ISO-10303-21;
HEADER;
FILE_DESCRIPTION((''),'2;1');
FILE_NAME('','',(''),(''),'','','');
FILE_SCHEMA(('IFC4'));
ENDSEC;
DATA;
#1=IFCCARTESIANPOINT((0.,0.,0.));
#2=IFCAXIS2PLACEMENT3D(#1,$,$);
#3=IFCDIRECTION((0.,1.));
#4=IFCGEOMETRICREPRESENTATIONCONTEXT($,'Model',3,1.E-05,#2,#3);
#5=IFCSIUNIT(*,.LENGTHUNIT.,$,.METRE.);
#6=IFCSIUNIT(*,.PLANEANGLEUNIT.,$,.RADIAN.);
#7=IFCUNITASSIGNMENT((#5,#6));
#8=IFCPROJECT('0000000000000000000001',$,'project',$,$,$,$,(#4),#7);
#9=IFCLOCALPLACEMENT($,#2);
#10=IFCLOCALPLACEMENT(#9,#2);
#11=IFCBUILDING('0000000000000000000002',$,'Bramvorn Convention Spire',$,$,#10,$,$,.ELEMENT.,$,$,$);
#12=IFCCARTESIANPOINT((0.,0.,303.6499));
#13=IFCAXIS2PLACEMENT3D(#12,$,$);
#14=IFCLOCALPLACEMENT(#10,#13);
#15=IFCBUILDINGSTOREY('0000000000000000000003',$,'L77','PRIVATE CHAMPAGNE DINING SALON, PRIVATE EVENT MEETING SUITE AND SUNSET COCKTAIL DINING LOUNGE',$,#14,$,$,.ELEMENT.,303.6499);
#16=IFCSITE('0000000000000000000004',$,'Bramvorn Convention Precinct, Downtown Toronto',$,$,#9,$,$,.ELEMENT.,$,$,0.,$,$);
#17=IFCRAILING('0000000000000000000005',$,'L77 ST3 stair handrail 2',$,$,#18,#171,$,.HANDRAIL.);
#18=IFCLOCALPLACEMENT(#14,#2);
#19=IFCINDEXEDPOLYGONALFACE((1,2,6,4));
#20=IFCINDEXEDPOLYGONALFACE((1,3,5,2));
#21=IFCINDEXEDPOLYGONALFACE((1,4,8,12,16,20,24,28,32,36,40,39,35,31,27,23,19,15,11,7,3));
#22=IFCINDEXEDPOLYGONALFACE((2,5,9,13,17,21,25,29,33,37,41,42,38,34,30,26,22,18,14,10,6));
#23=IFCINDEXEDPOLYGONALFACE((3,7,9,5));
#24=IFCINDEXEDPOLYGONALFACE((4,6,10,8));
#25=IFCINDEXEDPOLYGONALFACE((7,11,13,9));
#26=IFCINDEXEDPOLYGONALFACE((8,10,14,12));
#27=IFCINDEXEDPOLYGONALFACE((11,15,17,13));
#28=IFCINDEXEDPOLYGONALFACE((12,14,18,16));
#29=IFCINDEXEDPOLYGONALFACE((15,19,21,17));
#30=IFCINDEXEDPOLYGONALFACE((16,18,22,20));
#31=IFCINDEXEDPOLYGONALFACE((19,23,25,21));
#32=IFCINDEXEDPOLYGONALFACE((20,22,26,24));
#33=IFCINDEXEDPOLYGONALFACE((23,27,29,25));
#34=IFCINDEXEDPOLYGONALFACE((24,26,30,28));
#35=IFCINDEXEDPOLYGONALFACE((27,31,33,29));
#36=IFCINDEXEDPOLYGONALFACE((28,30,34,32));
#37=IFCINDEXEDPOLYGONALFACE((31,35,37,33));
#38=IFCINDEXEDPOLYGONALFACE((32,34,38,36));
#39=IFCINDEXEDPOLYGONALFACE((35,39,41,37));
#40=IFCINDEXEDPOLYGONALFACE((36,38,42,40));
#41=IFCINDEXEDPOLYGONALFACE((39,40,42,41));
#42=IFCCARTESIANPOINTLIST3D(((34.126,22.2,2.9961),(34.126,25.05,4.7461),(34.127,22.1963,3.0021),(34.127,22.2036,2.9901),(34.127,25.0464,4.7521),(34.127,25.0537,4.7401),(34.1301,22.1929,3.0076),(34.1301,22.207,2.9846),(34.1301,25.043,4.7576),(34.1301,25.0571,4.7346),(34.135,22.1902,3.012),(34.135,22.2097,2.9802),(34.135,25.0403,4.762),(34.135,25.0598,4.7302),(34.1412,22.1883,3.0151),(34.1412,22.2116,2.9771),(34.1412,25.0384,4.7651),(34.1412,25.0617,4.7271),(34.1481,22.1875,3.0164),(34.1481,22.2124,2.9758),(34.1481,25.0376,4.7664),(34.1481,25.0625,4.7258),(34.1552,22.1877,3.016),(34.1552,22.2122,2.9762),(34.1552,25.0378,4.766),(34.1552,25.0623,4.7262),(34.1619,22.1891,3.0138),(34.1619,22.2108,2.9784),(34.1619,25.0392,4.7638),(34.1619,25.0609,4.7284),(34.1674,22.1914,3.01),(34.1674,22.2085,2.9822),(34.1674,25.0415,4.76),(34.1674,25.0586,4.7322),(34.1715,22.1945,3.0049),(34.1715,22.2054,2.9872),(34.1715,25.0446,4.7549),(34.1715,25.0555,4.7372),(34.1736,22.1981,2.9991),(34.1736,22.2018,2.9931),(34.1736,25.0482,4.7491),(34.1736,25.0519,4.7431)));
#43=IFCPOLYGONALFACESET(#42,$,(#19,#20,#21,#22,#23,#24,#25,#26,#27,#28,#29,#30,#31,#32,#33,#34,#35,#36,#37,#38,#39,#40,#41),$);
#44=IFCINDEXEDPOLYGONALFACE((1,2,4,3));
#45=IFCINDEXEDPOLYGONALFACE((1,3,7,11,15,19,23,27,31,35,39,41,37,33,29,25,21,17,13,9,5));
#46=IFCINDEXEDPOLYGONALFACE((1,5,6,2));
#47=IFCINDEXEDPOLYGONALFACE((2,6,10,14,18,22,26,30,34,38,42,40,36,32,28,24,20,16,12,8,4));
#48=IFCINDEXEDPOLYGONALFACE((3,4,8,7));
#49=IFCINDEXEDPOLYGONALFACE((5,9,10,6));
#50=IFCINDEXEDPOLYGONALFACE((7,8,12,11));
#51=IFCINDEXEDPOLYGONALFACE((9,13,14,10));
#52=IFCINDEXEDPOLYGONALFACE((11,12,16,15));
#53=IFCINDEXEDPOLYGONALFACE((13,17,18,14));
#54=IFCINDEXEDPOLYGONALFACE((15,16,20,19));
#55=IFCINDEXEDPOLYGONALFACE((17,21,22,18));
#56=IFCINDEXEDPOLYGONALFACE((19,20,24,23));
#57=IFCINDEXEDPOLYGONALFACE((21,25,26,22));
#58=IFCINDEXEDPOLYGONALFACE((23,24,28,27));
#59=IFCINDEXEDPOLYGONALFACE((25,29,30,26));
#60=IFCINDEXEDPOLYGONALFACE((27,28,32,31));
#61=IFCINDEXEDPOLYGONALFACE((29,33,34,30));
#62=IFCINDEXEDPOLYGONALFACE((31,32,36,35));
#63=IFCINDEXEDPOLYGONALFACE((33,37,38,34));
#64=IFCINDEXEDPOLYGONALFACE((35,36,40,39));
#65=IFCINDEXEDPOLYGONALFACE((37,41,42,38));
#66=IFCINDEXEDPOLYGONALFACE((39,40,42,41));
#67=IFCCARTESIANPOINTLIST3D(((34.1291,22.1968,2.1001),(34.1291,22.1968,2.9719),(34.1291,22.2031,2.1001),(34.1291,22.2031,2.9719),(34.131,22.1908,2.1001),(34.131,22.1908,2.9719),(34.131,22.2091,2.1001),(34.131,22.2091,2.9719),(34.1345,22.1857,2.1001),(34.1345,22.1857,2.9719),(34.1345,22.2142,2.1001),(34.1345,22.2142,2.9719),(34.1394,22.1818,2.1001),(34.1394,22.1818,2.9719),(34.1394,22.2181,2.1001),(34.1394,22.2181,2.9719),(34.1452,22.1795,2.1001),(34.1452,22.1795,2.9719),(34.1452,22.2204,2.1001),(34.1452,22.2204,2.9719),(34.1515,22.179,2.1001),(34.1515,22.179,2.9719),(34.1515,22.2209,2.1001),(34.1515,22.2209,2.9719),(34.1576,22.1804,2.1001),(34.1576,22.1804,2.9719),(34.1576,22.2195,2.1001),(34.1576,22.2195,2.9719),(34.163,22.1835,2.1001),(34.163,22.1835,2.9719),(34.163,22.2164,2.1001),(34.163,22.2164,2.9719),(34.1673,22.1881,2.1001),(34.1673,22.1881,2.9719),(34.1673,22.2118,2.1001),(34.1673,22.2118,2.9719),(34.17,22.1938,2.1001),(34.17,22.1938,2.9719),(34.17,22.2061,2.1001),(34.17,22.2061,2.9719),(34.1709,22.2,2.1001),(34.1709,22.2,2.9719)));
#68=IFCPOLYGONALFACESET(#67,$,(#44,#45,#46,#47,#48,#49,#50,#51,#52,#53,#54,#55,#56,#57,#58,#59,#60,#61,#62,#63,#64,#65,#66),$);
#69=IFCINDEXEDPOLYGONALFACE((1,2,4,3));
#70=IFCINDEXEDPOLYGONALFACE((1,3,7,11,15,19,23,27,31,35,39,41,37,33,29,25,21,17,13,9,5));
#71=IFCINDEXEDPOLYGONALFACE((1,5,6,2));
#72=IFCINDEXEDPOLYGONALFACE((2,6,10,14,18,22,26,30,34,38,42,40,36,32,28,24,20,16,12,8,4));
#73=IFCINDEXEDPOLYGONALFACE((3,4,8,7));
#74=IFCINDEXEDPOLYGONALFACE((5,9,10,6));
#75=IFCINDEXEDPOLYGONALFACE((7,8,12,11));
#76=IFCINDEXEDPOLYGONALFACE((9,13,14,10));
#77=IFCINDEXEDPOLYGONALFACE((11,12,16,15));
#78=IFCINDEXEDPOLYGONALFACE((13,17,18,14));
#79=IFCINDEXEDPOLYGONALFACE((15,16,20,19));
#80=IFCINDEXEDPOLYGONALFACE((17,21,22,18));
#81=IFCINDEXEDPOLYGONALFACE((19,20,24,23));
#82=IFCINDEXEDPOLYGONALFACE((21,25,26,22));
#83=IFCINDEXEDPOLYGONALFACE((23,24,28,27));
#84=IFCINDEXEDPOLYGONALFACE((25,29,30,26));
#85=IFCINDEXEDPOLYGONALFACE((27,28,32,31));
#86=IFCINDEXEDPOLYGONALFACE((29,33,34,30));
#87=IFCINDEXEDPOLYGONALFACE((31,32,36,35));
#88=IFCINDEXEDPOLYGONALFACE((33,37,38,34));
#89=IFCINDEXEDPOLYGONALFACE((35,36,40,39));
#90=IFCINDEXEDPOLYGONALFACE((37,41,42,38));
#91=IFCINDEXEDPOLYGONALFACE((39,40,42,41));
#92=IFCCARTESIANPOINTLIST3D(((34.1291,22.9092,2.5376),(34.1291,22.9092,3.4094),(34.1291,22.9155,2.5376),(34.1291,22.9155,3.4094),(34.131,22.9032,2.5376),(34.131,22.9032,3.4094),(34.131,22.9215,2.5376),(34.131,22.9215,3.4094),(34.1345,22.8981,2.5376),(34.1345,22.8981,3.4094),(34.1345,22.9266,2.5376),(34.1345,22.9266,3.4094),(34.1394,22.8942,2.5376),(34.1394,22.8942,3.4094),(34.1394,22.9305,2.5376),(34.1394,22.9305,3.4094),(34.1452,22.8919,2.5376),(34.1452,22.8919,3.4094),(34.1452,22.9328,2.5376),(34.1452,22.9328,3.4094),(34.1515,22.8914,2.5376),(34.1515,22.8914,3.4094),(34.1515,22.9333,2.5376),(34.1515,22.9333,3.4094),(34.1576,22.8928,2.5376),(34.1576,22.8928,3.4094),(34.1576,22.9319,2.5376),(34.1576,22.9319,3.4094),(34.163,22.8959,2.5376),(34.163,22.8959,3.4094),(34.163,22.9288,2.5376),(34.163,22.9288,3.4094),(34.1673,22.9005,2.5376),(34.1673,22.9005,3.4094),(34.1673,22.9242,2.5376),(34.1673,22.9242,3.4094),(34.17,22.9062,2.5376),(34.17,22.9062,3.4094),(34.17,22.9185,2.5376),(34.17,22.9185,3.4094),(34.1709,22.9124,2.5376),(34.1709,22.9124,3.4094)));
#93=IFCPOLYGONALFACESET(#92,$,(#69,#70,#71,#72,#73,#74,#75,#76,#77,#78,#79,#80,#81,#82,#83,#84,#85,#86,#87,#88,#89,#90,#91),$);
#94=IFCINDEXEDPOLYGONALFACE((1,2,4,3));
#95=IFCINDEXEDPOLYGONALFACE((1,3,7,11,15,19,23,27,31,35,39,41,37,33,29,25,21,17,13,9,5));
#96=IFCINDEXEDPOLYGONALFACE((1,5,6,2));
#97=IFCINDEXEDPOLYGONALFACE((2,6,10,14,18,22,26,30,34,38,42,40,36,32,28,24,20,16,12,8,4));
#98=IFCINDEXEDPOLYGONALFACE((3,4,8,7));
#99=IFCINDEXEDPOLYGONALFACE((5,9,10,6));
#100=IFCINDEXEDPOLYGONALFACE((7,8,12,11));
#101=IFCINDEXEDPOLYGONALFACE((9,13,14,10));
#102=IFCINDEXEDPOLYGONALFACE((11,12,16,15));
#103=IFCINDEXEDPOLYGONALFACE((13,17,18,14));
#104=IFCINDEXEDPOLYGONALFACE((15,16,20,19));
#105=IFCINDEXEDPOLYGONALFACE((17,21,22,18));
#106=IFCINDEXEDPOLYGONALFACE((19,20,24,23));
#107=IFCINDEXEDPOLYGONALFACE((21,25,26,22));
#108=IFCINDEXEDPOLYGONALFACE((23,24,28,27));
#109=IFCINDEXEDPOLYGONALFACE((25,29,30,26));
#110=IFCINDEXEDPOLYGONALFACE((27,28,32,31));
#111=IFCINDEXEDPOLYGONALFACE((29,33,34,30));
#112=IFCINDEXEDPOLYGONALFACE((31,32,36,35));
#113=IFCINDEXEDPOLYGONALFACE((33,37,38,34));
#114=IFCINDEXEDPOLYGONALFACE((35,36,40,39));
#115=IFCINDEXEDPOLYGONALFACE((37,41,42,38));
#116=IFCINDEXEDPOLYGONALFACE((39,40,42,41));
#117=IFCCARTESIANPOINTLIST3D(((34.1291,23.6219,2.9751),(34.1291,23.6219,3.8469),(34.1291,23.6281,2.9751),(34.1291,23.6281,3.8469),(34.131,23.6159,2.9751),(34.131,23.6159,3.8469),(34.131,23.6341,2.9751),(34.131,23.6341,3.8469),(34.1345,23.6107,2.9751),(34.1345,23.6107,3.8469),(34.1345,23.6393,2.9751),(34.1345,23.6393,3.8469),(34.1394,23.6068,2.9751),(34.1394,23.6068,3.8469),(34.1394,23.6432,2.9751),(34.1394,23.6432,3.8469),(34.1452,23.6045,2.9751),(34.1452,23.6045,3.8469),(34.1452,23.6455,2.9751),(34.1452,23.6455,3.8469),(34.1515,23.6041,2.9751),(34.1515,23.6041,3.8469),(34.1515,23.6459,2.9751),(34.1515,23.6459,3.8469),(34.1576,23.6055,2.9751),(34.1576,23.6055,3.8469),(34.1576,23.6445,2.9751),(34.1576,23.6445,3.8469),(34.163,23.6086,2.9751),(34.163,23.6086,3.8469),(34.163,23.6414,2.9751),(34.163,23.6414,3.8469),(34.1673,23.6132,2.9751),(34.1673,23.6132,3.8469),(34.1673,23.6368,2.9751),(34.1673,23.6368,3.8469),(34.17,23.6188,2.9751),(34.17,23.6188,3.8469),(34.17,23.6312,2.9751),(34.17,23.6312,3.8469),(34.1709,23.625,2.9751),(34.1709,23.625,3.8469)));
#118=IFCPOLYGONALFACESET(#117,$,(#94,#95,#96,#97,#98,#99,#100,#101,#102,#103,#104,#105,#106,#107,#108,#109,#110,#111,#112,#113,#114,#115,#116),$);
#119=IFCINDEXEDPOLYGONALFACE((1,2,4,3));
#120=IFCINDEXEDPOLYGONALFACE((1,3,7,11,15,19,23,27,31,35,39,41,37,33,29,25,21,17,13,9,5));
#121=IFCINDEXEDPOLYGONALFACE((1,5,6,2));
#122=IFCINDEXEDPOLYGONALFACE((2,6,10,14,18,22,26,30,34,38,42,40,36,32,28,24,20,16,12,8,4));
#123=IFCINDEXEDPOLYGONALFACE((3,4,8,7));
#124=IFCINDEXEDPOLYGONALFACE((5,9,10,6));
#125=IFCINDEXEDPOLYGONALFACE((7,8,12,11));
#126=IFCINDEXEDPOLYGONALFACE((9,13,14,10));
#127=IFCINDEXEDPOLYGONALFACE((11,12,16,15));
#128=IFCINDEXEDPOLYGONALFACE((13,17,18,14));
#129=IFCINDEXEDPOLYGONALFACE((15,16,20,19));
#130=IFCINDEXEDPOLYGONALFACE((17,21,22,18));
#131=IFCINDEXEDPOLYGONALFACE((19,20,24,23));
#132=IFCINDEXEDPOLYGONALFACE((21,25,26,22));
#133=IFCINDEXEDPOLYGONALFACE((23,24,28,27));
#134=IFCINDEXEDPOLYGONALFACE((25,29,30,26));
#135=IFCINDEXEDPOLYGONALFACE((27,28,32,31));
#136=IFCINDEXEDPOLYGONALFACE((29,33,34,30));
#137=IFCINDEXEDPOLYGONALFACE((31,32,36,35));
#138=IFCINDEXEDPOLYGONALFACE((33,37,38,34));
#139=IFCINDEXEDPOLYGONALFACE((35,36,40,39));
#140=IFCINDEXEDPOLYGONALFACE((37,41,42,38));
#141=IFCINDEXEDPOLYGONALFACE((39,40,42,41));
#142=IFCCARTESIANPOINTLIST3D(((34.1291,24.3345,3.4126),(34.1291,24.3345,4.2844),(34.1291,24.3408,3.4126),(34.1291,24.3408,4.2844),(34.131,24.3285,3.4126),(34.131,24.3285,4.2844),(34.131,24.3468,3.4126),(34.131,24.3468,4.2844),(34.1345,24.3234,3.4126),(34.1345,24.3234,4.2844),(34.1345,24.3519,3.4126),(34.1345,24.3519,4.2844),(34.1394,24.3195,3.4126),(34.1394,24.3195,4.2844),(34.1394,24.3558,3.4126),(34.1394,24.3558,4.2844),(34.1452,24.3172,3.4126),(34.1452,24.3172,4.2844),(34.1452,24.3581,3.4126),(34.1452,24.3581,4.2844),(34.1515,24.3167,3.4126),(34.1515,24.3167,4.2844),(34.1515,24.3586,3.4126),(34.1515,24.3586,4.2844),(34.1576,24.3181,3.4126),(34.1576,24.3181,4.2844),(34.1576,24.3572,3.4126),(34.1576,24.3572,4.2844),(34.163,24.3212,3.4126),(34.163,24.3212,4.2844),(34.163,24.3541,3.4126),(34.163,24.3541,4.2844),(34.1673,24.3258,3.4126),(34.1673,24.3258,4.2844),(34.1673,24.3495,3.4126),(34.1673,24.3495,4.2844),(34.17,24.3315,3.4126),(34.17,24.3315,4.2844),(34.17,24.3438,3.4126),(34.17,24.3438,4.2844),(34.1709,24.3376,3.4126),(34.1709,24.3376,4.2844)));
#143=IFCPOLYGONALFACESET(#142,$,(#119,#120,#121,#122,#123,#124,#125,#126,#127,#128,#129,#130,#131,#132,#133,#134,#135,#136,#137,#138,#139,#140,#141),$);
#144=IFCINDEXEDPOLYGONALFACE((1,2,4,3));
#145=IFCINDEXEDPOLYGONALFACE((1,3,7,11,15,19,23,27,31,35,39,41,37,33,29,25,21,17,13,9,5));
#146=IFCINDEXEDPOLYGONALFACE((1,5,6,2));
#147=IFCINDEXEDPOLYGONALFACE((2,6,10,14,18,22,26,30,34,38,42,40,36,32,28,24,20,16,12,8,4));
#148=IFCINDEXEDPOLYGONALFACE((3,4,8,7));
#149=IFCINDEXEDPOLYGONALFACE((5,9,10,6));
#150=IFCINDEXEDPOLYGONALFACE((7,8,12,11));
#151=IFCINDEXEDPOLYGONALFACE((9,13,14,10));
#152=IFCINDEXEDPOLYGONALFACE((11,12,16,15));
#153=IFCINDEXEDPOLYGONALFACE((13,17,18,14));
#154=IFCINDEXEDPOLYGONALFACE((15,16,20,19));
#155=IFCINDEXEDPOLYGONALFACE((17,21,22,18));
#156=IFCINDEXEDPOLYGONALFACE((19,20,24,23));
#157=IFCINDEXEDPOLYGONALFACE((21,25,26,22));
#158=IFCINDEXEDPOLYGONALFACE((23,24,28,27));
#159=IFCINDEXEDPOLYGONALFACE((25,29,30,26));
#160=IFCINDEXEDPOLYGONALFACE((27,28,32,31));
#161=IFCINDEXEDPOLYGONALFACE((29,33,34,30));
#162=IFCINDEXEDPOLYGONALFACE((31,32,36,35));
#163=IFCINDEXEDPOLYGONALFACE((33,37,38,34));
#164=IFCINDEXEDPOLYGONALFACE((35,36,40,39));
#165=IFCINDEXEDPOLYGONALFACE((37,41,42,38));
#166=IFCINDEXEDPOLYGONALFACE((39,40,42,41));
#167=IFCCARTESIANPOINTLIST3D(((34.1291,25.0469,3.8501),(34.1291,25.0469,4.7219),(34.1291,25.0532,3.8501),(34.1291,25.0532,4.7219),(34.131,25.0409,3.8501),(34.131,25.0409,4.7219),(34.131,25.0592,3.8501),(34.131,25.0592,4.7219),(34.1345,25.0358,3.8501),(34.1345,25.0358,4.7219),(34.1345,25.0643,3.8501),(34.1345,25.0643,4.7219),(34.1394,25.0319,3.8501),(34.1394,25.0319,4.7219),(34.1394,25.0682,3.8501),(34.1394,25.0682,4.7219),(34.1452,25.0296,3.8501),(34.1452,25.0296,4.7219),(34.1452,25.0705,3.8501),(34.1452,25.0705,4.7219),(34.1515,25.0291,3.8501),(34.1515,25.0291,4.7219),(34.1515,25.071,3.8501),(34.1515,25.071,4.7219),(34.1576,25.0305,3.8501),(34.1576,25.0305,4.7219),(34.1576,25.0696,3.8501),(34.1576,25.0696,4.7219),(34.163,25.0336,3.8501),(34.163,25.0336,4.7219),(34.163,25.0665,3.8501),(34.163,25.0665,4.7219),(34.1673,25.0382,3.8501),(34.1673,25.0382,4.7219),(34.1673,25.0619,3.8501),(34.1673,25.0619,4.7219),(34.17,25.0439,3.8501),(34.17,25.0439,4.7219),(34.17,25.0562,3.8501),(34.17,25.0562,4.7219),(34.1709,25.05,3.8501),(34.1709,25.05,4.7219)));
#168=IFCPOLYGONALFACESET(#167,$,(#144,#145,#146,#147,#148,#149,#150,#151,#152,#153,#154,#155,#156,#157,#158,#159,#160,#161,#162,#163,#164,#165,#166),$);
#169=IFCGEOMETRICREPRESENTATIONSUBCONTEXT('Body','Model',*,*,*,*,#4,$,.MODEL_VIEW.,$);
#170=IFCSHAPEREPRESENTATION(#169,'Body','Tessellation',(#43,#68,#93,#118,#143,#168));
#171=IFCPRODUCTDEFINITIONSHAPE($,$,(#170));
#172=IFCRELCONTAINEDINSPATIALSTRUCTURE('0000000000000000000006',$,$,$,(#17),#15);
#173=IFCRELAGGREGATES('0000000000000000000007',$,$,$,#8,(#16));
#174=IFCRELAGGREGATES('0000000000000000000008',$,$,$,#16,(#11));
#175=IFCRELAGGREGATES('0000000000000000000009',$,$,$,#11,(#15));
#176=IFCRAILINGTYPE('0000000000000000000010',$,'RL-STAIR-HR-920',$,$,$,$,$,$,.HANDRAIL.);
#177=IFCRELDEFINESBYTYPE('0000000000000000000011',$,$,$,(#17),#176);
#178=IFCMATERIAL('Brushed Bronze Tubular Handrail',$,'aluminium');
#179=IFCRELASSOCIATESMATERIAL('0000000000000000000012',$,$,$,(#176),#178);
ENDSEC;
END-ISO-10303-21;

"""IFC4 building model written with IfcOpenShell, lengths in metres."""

from ifc_helpers import new_model, si_unit, direction, frame, origin, origin_2d, place, context, subcontext, project, spatial, circle, extrude, material, type_object, element, save


model = new_model("IFC4")

# Units and contexts
model_context = context("Model", 3, precision=1e-05, world=origin(), true_north=direction((0.0, 1.0)))
body_context = subcontext(model_context, "Body", "Model", "MODEL_VIEW")
ifc_project = project(units=[si_unit("LENGTHUNIT", "METRE"), si_unit("PLANEANGLEUNIT", "RADIAN")], contexts=[model_context])

# Site, building, storey
site_placement = place(None, origin())
site = spatial("IfcSite", under=ifc_project, at=site_placement, Name="Bramvorn Convention Precinct, Downtown Toronto", CompositionType="ELEMENT", RefElevation=0.0)
building_placement = place(site_placement, origin())
building = spatial("IfcBuilding", under=site, at=building_placement, Name="Bramvorn Convention Spire", CompositionType="ELEMENT")
storey_placement = place(building_placement, frame((0.0, 0.0, 303.6499)))
storey = spatial("IfcBuildingStorey", under=building, at=storey_placement, Name="L77", Description="PRIVATE CHAMPAGNE DINING SALON, PRIVATE EVENT MEETING SUITE AND SUNSET COCKTAIL DINING LOUNGE", CompositionType="ELEMENT", Elevation=303.6499)

# Railing
ifc_material_1 = material(Name="Brushed Bronze Tubular Handrail", Category="aluminium")
railing_type_1 = type_object("IfcRailingType", Name="RL-STAIR-HR-920", PredefinedType="HANDRAIL", material=ifc_material_1)
railing_1_placement = place(storey_placement, frame((34.1499, 22.2, 2.1001)))
element("IfcRailing", 1, at=railing_1_placement, inside=storey, type_object=railing_type_1, Name="L77 ST3 stair handrail 2", PredefinedType="HANDRAIL", context=body_context, shape_type="SweptSolid", body=[
    extrude(circle(Radius=0.0239, at=origin_2d()), frame((0.0, 0.0, 0.896), z_axis=(0.0, 0.852179, 0.52325), x_axis=(-1.0, 0.0, 0.0)), (0.0, 0.0, 1.0), 3.3445),
    extrude(circle(Radius=0.021, at=origin_2d()), origin(), (0.0, 0.0, 1.0), 0.8718),
    extrude(circle(Radius=0.021, at=origin_2d()), frame((0.0, 0.7124, 0.4375)), (0.0, 0.0, 1.0), 0.8718),
    extrude(circle(Radius=0.021, at=origin_2d()), frame((0.0, 1.425, 0.875)), (0.0, 0.0, 1.0), 0.8718),
    extrude(circle(Radius=0.021, at=origin_2d()), frame((0.0, 2.1377, 1.3125)), (0.0, 0.0, 1.0), 0.8718),
    extrude(circle(Radius=0.021, at=origin_2d()), frame((0.0, 2.8501, 1.75)), (0.0, 0.0, 1.0), 0.8718),
])

save(model, "model.ifc")
